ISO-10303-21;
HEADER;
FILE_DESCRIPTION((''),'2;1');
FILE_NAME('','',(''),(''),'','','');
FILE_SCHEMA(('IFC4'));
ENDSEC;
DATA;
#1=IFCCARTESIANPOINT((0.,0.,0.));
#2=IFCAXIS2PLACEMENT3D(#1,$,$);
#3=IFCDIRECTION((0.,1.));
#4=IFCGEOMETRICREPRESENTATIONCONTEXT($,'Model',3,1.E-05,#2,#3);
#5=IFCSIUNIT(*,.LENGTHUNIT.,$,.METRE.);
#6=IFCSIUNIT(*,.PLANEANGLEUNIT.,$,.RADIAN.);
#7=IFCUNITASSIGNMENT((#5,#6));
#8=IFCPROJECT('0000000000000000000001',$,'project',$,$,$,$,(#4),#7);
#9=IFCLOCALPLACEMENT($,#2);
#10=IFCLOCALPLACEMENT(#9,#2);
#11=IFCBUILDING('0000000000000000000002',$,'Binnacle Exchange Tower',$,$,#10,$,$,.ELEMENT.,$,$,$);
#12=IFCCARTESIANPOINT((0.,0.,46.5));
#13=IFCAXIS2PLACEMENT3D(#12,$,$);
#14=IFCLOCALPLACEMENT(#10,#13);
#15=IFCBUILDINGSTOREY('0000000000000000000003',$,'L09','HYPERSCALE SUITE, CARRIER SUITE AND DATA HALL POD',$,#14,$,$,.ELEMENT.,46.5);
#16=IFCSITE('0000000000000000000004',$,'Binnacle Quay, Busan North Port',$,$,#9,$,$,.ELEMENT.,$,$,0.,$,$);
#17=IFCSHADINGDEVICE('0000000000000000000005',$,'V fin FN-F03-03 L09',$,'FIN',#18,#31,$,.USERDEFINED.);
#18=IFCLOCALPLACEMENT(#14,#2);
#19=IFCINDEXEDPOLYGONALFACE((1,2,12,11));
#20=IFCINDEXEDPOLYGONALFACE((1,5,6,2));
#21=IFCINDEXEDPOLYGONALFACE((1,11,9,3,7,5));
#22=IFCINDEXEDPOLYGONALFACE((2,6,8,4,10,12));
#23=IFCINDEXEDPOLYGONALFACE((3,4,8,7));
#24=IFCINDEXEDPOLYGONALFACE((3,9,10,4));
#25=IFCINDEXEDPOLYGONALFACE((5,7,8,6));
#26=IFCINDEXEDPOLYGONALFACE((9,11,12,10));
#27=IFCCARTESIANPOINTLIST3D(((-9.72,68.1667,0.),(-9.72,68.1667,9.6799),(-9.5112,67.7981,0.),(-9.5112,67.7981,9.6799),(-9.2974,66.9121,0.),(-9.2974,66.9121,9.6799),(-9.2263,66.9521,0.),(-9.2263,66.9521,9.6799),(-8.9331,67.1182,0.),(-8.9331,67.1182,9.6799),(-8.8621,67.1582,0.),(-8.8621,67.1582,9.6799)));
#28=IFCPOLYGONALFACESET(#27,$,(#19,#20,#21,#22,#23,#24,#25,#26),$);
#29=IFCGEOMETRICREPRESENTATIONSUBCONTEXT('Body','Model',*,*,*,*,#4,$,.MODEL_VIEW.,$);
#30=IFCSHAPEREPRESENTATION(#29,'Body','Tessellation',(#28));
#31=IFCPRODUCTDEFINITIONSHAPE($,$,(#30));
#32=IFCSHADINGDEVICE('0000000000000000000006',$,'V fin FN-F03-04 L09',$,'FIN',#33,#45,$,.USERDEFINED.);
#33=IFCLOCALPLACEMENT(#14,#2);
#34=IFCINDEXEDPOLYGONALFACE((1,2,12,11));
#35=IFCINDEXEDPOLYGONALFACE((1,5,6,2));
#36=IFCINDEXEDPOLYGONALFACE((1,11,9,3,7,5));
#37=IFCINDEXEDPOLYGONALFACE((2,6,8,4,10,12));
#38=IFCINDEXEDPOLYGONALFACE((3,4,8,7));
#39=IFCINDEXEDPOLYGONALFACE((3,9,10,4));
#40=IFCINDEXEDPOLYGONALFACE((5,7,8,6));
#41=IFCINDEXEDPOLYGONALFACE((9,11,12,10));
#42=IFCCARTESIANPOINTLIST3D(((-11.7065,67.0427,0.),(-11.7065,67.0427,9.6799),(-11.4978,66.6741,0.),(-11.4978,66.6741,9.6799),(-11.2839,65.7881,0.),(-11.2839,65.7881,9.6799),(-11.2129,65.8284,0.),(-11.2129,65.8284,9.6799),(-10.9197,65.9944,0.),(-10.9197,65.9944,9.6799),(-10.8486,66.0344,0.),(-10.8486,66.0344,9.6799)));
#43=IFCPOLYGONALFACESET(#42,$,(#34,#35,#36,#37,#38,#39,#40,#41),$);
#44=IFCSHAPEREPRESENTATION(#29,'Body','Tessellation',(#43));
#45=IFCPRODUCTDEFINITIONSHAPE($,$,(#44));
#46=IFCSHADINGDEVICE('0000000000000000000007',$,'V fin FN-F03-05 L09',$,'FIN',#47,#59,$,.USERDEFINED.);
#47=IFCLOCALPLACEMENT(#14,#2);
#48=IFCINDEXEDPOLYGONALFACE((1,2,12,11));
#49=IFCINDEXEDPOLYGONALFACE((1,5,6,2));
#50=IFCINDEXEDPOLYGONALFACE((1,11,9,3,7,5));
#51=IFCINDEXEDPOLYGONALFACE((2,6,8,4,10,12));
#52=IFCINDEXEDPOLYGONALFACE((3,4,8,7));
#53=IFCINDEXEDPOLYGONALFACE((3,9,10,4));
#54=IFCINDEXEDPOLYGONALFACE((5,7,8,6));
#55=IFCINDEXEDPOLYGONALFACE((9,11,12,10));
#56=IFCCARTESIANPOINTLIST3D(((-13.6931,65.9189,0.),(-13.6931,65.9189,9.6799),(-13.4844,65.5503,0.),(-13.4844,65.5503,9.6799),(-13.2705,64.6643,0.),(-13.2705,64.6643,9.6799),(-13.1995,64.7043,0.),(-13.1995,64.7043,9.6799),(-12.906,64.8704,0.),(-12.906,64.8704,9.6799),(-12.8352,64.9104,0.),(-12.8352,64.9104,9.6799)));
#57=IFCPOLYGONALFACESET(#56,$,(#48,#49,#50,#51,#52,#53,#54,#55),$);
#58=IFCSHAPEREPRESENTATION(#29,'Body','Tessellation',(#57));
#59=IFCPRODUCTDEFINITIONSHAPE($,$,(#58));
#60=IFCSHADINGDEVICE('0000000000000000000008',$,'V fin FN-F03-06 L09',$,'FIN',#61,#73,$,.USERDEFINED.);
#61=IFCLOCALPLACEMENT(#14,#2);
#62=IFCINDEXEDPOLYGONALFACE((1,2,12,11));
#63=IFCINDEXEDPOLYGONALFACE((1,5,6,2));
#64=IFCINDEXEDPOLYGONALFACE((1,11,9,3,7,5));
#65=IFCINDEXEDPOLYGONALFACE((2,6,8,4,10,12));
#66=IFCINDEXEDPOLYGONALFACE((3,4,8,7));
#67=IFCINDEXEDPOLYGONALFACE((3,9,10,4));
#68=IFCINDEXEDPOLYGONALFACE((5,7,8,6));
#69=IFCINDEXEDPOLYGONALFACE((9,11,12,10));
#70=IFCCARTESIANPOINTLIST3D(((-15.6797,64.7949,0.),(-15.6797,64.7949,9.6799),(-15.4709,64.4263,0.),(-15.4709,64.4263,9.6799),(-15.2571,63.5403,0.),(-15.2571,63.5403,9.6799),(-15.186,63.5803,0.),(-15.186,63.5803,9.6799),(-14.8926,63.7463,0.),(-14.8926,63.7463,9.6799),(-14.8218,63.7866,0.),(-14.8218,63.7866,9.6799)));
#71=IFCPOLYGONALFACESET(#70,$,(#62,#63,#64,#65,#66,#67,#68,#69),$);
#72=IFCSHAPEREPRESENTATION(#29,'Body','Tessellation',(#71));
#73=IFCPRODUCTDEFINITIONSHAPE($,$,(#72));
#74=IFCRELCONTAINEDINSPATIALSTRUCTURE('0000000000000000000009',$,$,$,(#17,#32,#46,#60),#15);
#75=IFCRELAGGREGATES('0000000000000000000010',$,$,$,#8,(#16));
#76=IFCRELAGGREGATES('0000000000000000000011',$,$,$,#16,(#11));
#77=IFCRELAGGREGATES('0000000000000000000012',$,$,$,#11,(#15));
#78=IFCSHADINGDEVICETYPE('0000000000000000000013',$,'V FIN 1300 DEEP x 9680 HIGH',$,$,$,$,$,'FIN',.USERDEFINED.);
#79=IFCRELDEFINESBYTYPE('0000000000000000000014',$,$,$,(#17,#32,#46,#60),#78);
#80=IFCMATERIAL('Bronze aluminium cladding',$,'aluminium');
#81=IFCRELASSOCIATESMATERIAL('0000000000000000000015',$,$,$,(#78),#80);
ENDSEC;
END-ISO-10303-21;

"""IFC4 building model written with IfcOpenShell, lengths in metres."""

from ifc_helpers import new_model, si_unit, direction, frame, origin, place, context, subcontext, project, spatial, polyline, outline, extrude, material, type_object, element, save


model = new_model("IFC4")

# Units and contexts
model_context = context("Model", 3, precision=1e-05, world=origin(), true_north=direction((0.0, 1.0)))
body_context = subcontext(model_context, "Body", "Model", "MODEL_VIEW")
ifc_project = project(units=[si_unit("LENGTHUNIT", "METRE"), si_unit("PLANEANGLEUNIT", "RADIAN")], contexts=[model_context])

# Site, building, storey
site_placement = place(None, origin())
site = spatial("IfcSite", under=ifc_project, at=site_placement, Name="Binnacle Quay, Busan North Port", CompositionType="ELEMENT", RefElevation=0.0)
building_placement = place(site_placement, origin())
building = spatial("IfcBuilding", under=site, at=building_placement, Name="Binnacle Exchange Tower", CompositionType="ELEMENT")
storey_placement = place(building_placement, frame((0.0, 0.0, 46.5)))
storey = spatial("IfcBuildingStorey", under=building, at=storey_placement, Name="L09", Description="HYPERSCALE SUITE, CARRIER SUITE AND DATA HALL POD", CompositionType="ELEMENT", Elevation=46.5)

# Shading devices
ifc_material_1 = material(Name="Bronze aluminium cladding", Category="aluminium")
shading_device_type = type_object("IfcShadingDeviceType", Name="V FIN 1300 DEEP x 9680 HIGH", ElementType="FIN", PredefinedType="USERDEFINED", material=ifc_material_1)
shading_device_1_placement = place(storey_placement, origin())
element("IfcShadingDevice", 1, at=shading_device_1_placement, inside=storey, type_object=shading_device_type, Name="V fin FN-F03-03 L09", ObjectType="FIN", PredefinedType="USERDEFINED", context=body_context, shape_type="SweptSolid", body=[
    extrude(outline(polyline([(-8.8621, 67.1582), (-9.72, 68.1667), (-9.2974, 66.9121), (-9.2263, 66.9521), (-9.5112, 67.7981), (-8.9331, 67.1182), (-8.8621, 67.1582)])), origin(), (0.0, 0.0, 1.0), 9.6799),
])
shading_device_2_placement = place(storey_placement, origin())
element("IfcShadingDevice", 2, at=shading_device_2_placement, inside=storey, type_object=shading_device_type, Name="V fin FN-F03-04 L09", ObjectType="FIN", PredefinedType="USERDEFINED", context=body_context, shape_type="SweptSolid", body=[
    extrude(outline(polyline([(-10.8486, 66.0344), (-11.7065, 67.0427), (-11.2839, 65.7881), (-11.2129, 65.8284), (-11.4978, 66.6741), (-10.9197, 65.9944), (-10.8486, 66.0344)])), origin(), (0.0, 0.0, 1.0), 9.6799),
])
shading_device_3_placement = place(storey_placement, origin())
element("IfcShadingDevice", 3, at=shading_device_3_placement, inside=storey, type_object=shading_device_type, Name="V fin FN-F03-05 L09", ObjectType="FIN", PredefinedType="USERDEFINED", context=body_context, shape_type="SweptSolid", body=[
    extrude(outline(polyline([(-12.8352, 64.9104), (-13.6931, 65.9189), (-13.2705, 64.6643), (-13.1995, 64.7043), (-13.4844, 65.5503), (-12.906, 64.8704), (-12.8352, 64.9104)])), origin(), (0.0, 0.0, 1.0), 9.6799),
])
shading_device_4_placement = place(storey_placement, origin())
element("IfcShadingDevice", 4, at=shading_device_4_placement, inside=storey, type_object=shading_device_type, Name="V fin FN-F03-06 L09", ObjectType="FIN", PredefinedType="USERDEFINED", context=body_context, shape_type="SweptSolid", body=[
    extrude(outline(polyline([(-14.8218, 63.7866), (-15.6797, 64.7949), (-15.2571, 63.5403), (-15.186, 63.5803), (-15.4709, 64.4263), (-14.8926, 63.7463), (-14.8218, 63.7866)])), origin(), (0.0, 0.0, 1.0), 9.6799),
])

save(model, "model.ifc")
